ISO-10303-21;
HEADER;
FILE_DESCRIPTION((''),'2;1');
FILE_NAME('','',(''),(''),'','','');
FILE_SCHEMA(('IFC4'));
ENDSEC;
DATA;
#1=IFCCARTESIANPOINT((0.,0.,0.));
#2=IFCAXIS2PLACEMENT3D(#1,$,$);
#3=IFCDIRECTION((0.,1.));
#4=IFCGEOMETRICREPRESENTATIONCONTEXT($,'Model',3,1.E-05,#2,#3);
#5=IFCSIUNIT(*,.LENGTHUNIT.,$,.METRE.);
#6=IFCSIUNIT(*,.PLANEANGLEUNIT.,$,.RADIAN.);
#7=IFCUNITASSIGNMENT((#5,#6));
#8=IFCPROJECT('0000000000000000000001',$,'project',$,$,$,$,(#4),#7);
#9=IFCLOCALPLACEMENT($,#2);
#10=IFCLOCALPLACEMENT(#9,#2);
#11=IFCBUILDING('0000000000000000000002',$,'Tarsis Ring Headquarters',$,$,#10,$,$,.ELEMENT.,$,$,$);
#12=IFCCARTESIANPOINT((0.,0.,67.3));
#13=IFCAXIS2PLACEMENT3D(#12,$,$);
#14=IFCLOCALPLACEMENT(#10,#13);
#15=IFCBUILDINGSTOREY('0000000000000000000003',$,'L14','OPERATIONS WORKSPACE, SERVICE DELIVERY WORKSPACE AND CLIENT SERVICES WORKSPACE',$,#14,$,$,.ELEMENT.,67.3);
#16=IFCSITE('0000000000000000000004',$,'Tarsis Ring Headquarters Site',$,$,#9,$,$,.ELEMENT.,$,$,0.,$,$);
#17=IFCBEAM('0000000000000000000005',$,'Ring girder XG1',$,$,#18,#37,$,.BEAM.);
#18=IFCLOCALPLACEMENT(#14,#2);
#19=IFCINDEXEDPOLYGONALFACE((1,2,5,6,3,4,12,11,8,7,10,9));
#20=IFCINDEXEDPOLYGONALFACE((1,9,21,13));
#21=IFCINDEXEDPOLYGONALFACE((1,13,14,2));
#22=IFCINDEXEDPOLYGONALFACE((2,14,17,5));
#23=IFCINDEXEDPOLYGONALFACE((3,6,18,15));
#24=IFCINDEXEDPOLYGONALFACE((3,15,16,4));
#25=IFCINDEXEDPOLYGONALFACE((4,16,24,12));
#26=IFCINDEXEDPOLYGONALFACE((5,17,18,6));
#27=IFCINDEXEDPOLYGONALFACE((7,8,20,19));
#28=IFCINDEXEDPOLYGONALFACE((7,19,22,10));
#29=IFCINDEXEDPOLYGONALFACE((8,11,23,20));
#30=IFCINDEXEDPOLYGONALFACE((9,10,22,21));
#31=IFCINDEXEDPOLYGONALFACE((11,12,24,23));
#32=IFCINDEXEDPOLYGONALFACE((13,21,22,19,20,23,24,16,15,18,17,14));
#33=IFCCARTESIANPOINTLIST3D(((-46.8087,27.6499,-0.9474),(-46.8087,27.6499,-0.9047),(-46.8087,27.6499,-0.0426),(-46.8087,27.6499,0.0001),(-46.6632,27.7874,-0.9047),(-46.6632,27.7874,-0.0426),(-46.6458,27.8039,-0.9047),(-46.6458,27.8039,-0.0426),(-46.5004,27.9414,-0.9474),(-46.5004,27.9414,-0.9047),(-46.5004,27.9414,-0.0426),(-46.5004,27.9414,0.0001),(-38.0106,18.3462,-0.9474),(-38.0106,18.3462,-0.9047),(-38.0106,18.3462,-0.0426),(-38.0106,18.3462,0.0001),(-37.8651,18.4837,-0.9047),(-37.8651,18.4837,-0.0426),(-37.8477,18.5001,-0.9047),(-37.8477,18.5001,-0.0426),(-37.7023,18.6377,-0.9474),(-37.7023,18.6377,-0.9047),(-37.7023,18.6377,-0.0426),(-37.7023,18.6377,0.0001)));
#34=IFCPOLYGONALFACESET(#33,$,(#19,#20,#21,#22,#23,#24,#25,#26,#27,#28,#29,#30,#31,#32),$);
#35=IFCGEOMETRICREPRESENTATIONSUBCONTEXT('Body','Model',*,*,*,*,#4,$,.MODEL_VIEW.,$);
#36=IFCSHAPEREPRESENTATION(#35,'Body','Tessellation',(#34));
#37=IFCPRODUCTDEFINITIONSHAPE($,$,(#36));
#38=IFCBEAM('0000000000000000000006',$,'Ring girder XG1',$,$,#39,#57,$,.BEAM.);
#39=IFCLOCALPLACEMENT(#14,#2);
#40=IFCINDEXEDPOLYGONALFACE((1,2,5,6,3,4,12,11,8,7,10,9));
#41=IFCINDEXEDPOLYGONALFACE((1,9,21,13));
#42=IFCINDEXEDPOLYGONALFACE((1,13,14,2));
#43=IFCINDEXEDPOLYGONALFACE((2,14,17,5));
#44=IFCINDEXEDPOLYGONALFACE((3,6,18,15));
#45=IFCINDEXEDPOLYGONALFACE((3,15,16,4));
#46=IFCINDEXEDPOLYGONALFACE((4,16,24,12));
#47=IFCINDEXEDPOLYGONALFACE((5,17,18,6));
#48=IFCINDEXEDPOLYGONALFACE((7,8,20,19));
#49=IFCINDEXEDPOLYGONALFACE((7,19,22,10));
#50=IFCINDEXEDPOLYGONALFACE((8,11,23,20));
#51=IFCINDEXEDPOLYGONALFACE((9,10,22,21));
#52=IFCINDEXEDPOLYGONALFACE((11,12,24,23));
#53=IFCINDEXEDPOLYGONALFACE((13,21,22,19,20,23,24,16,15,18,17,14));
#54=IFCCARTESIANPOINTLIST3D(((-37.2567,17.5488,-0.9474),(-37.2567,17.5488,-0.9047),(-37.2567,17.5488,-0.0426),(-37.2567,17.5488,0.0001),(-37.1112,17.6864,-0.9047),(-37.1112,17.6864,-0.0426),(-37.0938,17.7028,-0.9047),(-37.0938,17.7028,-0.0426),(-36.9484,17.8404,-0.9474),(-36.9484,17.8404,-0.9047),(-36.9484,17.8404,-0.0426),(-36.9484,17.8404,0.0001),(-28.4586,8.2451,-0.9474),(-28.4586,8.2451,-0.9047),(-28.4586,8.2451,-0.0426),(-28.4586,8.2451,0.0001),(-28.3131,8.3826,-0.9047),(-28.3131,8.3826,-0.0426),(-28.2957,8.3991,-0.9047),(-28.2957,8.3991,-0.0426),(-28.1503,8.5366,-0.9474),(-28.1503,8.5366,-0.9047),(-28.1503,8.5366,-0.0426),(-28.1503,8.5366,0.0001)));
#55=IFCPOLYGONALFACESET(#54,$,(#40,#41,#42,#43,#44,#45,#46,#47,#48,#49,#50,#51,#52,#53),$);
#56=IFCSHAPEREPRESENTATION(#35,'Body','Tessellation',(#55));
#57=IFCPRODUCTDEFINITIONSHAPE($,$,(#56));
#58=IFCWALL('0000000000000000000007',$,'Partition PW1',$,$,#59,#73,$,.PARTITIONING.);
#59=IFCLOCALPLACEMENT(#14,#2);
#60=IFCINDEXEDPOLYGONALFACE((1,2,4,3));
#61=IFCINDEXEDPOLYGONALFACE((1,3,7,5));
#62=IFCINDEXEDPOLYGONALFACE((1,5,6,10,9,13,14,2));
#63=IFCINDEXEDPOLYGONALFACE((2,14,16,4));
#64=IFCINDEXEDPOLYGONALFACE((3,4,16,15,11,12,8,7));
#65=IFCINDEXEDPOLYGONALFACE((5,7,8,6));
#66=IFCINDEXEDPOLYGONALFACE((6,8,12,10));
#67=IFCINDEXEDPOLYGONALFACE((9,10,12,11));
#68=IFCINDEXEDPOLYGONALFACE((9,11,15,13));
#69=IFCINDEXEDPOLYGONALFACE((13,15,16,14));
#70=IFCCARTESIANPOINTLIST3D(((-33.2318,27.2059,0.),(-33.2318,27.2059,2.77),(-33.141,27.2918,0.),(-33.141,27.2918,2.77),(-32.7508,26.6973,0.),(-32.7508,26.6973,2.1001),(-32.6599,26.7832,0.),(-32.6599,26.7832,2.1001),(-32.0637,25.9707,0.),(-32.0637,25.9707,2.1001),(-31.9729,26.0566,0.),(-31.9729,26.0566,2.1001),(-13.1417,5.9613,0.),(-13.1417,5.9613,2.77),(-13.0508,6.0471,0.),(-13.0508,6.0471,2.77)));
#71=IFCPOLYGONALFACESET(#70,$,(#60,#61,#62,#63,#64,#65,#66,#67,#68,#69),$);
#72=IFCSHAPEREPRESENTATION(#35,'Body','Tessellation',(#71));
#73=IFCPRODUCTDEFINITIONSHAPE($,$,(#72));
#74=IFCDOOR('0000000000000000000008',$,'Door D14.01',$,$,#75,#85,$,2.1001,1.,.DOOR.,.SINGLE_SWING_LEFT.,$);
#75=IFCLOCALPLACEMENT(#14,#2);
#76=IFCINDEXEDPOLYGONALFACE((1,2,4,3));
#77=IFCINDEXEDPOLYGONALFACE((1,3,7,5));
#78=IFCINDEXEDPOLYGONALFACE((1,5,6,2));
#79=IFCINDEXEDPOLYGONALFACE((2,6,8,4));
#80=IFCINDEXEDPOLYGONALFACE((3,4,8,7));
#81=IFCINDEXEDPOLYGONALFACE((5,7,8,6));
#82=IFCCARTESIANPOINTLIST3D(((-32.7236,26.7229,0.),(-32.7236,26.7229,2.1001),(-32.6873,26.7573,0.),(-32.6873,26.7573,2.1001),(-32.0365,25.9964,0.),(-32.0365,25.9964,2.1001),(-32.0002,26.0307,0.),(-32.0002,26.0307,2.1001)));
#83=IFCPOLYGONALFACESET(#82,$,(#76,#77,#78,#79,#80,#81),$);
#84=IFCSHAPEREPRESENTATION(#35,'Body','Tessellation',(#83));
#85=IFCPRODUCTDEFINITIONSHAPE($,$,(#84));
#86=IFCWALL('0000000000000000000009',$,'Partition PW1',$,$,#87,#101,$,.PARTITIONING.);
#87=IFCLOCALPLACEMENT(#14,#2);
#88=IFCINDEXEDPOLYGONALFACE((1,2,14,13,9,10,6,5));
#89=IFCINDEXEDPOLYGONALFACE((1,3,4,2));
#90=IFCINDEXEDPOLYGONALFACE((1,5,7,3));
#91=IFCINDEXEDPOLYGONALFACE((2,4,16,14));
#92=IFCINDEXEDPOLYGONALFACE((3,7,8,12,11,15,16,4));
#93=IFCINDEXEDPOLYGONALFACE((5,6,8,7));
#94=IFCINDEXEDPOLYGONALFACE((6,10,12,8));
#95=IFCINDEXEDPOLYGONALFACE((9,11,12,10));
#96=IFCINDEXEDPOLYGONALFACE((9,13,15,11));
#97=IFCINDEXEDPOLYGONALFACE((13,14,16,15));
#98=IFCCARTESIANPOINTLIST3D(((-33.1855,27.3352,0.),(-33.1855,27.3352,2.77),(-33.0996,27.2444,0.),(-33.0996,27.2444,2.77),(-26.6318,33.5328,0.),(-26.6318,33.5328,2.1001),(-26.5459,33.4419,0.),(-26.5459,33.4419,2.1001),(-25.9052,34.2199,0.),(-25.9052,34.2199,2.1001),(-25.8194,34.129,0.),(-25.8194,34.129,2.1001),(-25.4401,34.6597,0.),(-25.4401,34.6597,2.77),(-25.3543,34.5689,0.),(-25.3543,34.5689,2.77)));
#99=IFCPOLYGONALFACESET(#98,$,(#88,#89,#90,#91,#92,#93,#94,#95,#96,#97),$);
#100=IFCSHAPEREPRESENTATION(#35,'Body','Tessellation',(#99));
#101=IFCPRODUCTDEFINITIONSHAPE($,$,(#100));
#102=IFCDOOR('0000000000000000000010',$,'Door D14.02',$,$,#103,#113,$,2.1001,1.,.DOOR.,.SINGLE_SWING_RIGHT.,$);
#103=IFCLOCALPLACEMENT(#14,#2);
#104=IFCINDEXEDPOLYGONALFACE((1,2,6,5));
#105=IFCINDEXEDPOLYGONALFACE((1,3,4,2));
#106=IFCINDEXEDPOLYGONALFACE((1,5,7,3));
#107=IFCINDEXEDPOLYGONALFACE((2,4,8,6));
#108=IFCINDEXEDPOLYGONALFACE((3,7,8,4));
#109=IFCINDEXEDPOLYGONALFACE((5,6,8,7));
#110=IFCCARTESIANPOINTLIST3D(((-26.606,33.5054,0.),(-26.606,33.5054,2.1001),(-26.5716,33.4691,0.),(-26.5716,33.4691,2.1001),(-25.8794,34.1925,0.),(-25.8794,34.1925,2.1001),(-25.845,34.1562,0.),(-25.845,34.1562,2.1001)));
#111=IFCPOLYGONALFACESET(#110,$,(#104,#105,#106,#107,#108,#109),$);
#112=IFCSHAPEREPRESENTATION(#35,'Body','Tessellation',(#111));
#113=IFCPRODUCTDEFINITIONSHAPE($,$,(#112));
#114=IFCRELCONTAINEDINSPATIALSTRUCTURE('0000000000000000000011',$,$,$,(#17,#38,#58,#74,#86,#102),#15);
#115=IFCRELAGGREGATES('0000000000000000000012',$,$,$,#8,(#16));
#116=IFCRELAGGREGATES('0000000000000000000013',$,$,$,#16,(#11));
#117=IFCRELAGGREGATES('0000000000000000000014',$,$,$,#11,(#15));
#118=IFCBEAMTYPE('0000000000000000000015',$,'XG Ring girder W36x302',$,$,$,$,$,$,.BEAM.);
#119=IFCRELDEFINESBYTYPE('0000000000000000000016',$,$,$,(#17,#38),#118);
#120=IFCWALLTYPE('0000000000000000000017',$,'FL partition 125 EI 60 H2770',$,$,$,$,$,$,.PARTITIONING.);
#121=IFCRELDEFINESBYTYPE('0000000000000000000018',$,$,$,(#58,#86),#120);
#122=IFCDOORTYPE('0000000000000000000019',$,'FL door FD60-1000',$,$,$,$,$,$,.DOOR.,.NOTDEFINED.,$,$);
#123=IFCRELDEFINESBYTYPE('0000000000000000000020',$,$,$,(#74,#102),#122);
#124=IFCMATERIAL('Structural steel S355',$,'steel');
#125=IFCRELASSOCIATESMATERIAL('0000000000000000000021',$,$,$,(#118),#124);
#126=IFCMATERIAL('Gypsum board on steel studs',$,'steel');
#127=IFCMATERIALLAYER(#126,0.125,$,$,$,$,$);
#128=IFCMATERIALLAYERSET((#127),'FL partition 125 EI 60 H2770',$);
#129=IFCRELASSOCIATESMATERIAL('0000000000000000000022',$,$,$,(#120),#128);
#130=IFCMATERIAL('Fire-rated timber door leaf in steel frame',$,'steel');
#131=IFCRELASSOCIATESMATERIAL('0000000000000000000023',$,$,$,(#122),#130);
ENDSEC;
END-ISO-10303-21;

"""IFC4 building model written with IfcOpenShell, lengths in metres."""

from ifc_helpers import new_model, si_unit, direction, frame, frame_2d, origin, origin_2d, place, context, subcontext, project, spatial, rectangle, i_section, extrude, material, layer, layer_set, material_profile, profile_set, type_object, element, fill, save


model = new_model("IFC4")

# Units and contexts
model_context = context("Model", 3, precision=1e-05, world=origin(), true_north=direction((0.0, 1.0)))
body_context = subcontext(model_context, "Body", "Model", "MODEL_VIEW")
ifc_project = project(units=[si_unit("LENGTHUNIT", "METRE"), si_unit("PLANEANGLEUNIT", "RADIAN")], contexts=[model_context])

# Site, building, storey
site_placement = place(None, origin())
site = spatial("IfcSite", under=ifc_project, at=site_placement, Name="Tarsis Ring Headquarters Site", CompositionType="ELEMENT", RefElevation=0.0)
building_placement = place(site_placement, origin())
building = spatial("IfcBuilding", under=site, at=building_placement, Name="Tarsis Ring Headquarters", CompositionType="ELEMENT")
storey_placement = place(building_placement, frame((0.0, 0.0, 67.3)))
storey = spatial("IfcBuildingStorey", under=building, at=storey_placement, Name="L14", Description="OPERATIONS WORKSPACE, SERVICE DELIVERY WORKSPACE AND CLIENT SERVICES WORKSPACE", CompositionType="ELEMENT", Elevation=67.3)

# Beams
ifc_material_1 = material(Name="Structural steel S355", Category="steel")
ifc_material_profile_1 = material_profile(ifc_material_1, i_section(OverallWidth=0.4243, OverallDepth=0.9475, WebThickness=0.0239, FlangeThickness=0.0427, at=origin_2d()), Name="W36x302")
ifc_profile_set_1 = profile_set([ifc_material_profile_1], Name="Structural steel S355")
beam_type = type_object("IfcBeamType", Name="XG Ring girder W36x302", PredefinedType="BEAM", material=ifc_profile_set_1)
for number, where, z_axis, x_axis, name in (
    (1, (-46.6545, 27.7957, -0.4736), (0.687088, -0.726574, 0.0), (0.726574, 0.687088, 0.0), "Ring girder XG1"),
    (2, (-37.1025, 17.6946, -0.4736), (0.687088, -0.726574, 0.0), (0.726574, 0.687088, 0.0), "Ring girder XG1"),
):
    element("IfcBeam", number, at=place(storey_placement, frame(where, z_axis=z_axis, x_axis=x_axis)), inside=storey, type_object=beam_type, Name=name, PredefinedType="BEAM", context=body_context, shape_type="SweptSolid", body=[
        extrude(i_section(OverallWidth=0.4243, OverallDepth=0.9475, WebThickness=0.0239, FlangeThickness=0.0427, at=origin_2d()), origin(), (0.0, 0.0, 1.0), 12.8049),
    ])

# Walls, openings, doors
ifc_material_2 = material(Name="Gypsum board on steel studs", Category="steel")
ifc_layer_1 = layer(ifc_material_2, 0.125)
ifc_layer_set_1 = layer_set([ifc_layer_1], Name="FL partition 125 EI 60 H2770")
wall_type_1 = type_object("IfcWallType", Name="FL partition 125 EI 60 H2770", PredefinedType="PARTITIONING", material=ifc_layer_set_1)
wall_1_placement = place(storey_placement, frame((-33.1863, 27.2488, 0.0), z_axis=(0.0, 0.0, 1.0), x_axis=(0.687088, -0.726574, 0.0)))
wall_1 = element("IfcWall", 3, at=wall_1_placement, inside=storey, type_object=wall_type_1, Name="Partition PW1", PredefinedType="PARTITIONING", context=body_context, shape_type="SweptSolid", body=[
    extrude(rectangle(XDim=29.2395, YDim=0.125, at=frame_2d((14.6196, 0.0))), origin(), (0.0, 0.0, 1.0), 2.77),
])
opening_1_placement = place(wall_1_placement, frame((0.7, 0.0, 0.0)))
opening_1 = element("IfcOpeningElement", 4, at=opening_1_placement, cuts=wall_1, PredefinedType="OPENING", context=body_context, shape_type="SweptSolid", body=[
    extrude(rectangle(XDim=1.0, YDim=2.1001, at=frame_2d((0.5, 1.05))), frame((0.0, 0.0725, 0.0), z_axis=(0.0, -1.0, 0.0), x_axis=(1.0, 0.0, 0.0)), (0.0, 0.0, 1.0), 0.145),
])
ifc_material_3 = material(Name="Fire-rated timber door leaf in steel frame", Category="steel")
door_type = type_object("IfcDoorType", Name="FL door FD60-1000", OperationType="NOTDEFINED", PredefinedType="DOOR", material=ifc_material_3)
door_1_placement = place(opening_1_placement, origin())
door_1 = element("IfcDoor", 5, at=door_1_placement, inside=storey, type_object=door_type, Name="Door D14.01", OperationType="SINGLE_SWING_LEFT", OverallHeight=2.1001, OverallWidth=1.0, PredefinedType="DOOR", context=body_context, shape_type="SweptSolid", body=[
    extrude(rectangle(XDim=1.0, YDim=2.1001, at=frame_2d((0.5, 1.05))), frame((0.0, 0.0249, 0.0), z_axis=(0.0, -1.0, 0.0), x_axis=(1.0, 0.0, 0.0)), (0.0, 0.0, 1.0), 0.05),
])
fill(opening_1, door_1)
wall_2_placement = place(storey_placement, frame((-33.1426, 27.2898, 0.0), z_axis=(0.0, 0.0, 1.0), x_axis=(0.726573, 0.687089, 0.0)))
wall_2 = element("IfcWall", 6, at=wall_2_placement, inside=storey, type_object=wall_type_1, Name="Partition PW1", PredefinedType="PARTITIONING", context=body_context, shape_type="SweptSolid", body=[
    extrude(rectangle(XDim=10.6602, YDim=0.125, at=frame_2d((5.3301, 0.0))), origin(), (0.0, 0.0, 1.0), 2.77),
])
opening_2_placement = place(wall_2_placement, frame((9.02, 0.0, 0.0)))
opening_2 = element("IfcOpeningElement", 7, at=opening_2_placement, cuts=wall_2, PredefinedType="OPENING", context=body_context, shape_type="SweptSolid", body=[
    extrude(rectangle(XDim=1.0, YDim=2.1001, at=frame_2d((0.5, 1.05))), frame((0.0, 0.0725, 0.0), z_axis=(0.0, -1.0, 0.0), x_axis=(1.0, 0.0, 0.0)), (0.0, 0.0, 1.0), 0.145),
])
door_2_placement = place(opening_2_placement, origin())
door_2 = element("IfcDoor", 8, at=door_2_placement, inside=storey, type_object=door_type, Name="Door D14.02", OperationType="SINGLE_SWING_RIGHT", OverallHeight=2.1001, OverallWidth=1.0, PredefinedType="DOOR", context=body_context, shape_type="SweptSolid", body=[
    extrude(rectangle(XDim=1.0, YDim=2.1001, at=frame_2d((0.5, 1.05))), frame((0.0, 0.0249, 0.0), z_axis=(0.0, -1.0, 0.0), x_axis=(1.0, 0.0, 0.0)), (0.0, 0.0, 1.0), 0.05),
])
fill(opening_2, door_2)

save(model, "model.ifc")
